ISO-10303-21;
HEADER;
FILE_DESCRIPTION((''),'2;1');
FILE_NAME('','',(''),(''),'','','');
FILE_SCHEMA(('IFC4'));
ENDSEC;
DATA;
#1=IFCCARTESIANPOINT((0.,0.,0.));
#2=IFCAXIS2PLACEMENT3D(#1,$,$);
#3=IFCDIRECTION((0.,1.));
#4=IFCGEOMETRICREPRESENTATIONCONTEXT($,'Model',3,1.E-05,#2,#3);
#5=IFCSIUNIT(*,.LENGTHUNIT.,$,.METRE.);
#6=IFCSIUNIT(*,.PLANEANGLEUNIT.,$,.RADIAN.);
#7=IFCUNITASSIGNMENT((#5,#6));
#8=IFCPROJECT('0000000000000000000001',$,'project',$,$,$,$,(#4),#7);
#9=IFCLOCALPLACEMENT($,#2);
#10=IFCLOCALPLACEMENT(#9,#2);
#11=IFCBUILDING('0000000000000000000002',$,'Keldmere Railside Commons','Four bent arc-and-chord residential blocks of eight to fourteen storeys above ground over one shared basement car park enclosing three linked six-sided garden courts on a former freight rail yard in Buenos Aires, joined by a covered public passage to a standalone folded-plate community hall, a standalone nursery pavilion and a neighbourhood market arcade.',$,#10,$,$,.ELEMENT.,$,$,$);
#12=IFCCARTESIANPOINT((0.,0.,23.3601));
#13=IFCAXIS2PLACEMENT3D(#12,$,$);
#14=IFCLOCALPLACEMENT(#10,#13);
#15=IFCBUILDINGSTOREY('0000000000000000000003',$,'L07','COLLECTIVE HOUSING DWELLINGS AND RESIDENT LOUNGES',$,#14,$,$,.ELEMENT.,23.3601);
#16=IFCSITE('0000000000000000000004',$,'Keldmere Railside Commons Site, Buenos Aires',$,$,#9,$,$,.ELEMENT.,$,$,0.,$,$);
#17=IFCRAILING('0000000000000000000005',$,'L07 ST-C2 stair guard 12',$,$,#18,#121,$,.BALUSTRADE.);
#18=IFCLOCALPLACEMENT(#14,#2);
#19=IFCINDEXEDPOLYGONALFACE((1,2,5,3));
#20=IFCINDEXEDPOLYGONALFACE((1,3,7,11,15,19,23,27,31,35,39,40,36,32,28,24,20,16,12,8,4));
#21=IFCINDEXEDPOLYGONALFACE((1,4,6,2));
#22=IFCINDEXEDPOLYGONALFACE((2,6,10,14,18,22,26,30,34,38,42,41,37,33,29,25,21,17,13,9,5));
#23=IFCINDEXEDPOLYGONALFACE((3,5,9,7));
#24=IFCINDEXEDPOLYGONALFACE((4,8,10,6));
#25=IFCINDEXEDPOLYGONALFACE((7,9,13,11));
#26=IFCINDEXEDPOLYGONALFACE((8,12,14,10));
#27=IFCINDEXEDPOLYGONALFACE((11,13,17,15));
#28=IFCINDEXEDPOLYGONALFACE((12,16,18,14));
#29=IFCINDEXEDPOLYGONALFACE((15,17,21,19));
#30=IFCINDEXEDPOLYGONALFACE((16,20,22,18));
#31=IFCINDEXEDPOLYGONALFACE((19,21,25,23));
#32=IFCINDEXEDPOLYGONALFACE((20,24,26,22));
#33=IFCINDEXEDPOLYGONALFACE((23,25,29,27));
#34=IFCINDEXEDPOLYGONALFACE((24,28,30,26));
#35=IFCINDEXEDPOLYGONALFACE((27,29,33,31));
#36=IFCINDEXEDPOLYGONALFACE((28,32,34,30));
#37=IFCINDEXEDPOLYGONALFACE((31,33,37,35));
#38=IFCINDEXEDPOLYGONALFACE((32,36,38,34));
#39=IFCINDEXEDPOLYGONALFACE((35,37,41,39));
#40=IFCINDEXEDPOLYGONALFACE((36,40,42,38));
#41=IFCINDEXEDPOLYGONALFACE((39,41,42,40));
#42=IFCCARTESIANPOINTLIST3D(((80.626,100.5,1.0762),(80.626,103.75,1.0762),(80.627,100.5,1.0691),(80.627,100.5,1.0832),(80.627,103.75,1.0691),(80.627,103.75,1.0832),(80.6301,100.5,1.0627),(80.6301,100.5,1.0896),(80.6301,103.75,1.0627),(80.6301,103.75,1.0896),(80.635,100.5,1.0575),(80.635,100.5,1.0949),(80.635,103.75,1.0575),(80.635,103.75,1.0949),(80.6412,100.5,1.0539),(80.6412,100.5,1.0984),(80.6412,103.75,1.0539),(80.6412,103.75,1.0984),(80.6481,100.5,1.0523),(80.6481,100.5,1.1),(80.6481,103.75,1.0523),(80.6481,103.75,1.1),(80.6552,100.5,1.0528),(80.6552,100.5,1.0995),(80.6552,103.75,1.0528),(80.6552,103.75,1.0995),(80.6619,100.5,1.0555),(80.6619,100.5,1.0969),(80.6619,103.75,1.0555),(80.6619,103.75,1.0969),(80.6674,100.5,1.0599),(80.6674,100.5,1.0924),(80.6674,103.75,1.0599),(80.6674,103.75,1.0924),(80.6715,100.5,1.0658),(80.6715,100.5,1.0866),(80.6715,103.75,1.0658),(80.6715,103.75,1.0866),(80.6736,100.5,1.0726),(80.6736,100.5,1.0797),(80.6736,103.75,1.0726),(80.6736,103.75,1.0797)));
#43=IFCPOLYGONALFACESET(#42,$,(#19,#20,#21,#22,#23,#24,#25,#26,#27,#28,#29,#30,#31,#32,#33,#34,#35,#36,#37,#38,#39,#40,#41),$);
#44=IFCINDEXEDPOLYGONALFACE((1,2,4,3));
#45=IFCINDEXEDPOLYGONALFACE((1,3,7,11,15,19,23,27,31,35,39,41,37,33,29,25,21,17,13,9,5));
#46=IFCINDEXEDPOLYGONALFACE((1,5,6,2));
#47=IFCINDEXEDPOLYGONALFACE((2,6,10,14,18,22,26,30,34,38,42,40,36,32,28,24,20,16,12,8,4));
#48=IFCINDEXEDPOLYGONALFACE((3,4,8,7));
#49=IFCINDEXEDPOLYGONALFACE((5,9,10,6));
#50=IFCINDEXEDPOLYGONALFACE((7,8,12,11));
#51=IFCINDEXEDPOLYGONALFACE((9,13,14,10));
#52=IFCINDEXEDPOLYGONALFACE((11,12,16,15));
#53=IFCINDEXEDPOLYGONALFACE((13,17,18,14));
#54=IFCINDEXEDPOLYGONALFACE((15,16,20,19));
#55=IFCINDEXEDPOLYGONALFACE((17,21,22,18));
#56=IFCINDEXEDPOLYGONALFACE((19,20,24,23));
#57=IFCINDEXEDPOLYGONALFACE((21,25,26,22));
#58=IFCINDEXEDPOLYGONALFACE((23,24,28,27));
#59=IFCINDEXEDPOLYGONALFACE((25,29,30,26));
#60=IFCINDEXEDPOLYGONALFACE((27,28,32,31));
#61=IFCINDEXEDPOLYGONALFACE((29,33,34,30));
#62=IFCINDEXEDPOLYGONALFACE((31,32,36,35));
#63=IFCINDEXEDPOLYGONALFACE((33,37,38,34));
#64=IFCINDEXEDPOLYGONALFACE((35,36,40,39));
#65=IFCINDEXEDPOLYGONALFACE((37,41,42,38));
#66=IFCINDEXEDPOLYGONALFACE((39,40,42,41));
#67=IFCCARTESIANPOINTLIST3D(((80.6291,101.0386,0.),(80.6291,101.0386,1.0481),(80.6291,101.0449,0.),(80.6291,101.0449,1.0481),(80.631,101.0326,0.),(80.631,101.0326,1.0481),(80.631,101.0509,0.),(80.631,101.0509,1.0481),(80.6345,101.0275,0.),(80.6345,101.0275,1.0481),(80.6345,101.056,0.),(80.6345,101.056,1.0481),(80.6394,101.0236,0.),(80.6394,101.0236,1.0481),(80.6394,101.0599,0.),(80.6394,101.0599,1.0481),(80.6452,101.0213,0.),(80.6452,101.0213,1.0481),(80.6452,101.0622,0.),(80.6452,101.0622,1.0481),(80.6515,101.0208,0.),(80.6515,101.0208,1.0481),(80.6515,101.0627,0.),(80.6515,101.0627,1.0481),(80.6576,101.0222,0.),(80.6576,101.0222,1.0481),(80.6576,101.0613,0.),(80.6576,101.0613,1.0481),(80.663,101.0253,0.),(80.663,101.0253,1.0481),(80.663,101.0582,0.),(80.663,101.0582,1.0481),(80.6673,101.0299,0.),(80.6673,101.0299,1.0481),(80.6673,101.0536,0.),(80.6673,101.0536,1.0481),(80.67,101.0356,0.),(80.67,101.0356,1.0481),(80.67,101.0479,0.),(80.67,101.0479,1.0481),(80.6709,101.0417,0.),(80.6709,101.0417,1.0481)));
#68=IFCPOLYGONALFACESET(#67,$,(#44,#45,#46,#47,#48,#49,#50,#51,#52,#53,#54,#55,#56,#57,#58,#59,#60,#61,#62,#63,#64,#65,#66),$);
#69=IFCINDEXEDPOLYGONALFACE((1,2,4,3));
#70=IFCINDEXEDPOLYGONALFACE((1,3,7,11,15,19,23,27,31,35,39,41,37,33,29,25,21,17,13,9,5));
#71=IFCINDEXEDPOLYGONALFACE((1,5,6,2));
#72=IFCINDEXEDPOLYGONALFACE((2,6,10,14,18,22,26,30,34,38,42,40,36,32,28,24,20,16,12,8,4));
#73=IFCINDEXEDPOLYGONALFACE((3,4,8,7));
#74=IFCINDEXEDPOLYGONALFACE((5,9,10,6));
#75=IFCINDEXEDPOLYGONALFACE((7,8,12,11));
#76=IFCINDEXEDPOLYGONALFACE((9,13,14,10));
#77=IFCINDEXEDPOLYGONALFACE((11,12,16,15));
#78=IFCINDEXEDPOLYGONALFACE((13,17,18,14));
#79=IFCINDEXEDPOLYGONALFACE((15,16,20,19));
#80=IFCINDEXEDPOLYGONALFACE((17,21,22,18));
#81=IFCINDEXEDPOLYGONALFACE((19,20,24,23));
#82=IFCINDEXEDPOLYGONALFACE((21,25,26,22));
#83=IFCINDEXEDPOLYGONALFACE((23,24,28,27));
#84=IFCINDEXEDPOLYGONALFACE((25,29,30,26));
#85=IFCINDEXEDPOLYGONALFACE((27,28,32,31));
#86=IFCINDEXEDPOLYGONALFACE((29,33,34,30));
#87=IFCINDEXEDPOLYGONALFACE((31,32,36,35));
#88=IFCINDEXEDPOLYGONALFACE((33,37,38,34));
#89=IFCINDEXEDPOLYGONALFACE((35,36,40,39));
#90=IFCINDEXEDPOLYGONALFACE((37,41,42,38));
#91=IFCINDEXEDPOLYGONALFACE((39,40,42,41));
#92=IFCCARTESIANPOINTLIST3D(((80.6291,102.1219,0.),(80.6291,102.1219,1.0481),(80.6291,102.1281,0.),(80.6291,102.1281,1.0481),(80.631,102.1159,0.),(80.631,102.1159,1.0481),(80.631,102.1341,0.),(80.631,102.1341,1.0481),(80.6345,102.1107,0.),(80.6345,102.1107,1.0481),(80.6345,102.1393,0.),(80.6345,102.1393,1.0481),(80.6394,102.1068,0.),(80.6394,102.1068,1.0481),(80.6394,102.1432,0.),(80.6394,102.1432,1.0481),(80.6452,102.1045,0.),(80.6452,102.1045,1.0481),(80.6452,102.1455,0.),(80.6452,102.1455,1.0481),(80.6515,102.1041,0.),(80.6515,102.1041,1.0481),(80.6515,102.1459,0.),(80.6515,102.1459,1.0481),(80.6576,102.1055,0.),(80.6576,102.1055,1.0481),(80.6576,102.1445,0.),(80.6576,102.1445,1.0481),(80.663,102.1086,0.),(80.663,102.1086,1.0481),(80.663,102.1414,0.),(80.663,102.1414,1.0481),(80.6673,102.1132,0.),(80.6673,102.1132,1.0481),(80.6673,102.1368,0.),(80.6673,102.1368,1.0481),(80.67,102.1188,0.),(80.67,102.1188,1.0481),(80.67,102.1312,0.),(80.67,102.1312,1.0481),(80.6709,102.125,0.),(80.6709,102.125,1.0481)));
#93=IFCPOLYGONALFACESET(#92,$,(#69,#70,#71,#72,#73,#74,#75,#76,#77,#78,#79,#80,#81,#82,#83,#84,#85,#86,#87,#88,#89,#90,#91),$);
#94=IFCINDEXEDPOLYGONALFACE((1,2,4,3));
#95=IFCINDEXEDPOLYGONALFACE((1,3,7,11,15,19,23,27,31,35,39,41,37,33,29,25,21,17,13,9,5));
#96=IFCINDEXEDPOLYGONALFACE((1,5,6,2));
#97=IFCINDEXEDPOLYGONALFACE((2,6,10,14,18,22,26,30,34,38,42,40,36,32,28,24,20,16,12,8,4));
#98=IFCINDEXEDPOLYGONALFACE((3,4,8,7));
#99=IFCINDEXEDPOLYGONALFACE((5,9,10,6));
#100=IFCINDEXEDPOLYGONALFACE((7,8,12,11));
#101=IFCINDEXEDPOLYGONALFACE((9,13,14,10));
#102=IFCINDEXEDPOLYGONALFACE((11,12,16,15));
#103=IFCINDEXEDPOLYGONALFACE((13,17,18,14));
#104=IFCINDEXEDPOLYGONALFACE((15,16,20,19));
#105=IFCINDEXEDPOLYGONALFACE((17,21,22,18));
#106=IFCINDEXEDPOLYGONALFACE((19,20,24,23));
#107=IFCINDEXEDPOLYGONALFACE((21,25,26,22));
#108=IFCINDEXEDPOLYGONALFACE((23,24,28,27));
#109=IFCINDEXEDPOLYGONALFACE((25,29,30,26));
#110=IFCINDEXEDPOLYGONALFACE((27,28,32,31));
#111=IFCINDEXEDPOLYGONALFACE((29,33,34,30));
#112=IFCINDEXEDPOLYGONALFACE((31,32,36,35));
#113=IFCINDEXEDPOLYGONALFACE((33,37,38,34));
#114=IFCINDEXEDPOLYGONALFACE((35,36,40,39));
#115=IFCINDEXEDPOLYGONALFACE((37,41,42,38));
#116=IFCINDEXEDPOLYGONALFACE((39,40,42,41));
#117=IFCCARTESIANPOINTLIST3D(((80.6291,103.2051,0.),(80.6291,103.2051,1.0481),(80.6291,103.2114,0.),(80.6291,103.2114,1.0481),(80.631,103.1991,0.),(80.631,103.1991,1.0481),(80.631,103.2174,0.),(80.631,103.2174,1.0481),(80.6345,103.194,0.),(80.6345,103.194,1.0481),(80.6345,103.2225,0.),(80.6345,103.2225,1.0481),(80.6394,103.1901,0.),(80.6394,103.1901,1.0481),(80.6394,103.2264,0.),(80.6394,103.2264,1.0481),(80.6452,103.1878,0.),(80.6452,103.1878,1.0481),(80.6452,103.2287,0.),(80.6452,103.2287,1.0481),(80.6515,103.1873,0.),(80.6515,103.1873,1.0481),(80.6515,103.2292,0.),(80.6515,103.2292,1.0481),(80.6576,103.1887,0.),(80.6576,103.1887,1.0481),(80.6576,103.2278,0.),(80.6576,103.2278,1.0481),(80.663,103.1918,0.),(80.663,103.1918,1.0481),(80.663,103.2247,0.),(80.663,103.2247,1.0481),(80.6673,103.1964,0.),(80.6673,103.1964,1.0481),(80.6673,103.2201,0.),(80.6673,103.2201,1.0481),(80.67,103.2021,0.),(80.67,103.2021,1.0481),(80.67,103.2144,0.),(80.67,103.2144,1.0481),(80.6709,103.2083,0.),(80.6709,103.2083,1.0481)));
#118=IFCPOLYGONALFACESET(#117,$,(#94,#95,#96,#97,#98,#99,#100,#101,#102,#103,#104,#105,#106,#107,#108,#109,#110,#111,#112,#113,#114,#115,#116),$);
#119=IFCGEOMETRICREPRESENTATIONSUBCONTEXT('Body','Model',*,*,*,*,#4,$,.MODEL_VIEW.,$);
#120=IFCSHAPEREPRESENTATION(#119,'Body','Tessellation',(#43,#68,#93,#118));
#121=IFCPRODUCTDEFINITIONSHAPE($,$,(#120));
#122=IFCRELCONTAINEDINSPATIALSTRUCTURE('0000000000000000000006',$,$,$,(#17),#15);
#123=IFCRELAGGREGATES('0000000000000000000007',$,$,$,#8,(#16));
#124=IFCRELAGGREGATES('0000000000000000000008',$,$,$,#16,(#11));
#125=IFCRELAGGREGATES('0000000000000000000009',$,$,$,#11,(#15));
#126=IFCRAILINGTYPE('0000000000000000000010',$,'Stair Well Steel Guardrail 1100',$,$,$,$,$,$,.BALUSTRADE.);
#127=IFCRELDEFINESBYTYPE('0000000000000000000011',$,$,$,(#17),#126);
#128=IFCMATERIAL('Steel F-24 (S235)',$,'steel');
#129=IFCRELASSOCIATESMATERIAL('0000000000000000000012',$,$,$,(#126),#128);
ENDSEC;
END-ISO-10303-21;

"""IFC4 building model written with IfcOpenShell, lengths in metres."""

from ifc_helpers import new_model, si_unit, direction, frame, origin, origin_2d, place, context, subcontext, project, spatial, circle, extrude, material, type_object, element, save


model = new_model("IFC4")

# Units and contexts
model_context = context("Model", 3, precision=1e-05, world=origin(), true_north=direction((0.0, 1.0)))
body_context = subcontext(model_context, "Body", "Model", "MODEL_VIEW")
ifc_project = project(units=[si_unit("LENGTHUNIT", "METRE"), si_unit("PLANEANGLEUNIT", "RADIAN")], contexts=[model_context])

# Site, building, storey
site_placement = place(None, origin())
site = spatial("IfcSite", under=ifc_project, at=site_placement, Name="Keldmere Railside Commons Site, Buenos Aires", CompositionType="ELEMENT", RefElevation=0.0)
building_placement = place(site_placement, origin())
building = spatial("IfcBuilding", under=site, at=building_placement, Name="Keldmere Railside Commons", Description="Four bent arc-and-chord residential blocks of eight to fourteen storeys above ground over one shared basement car park enclosing three linked six-sided garden courts on a former freight rail yard in Buenos Aires, joined by a covered public passage to a standalone folded-plate community hall, a standalone nursery pavilion and a neighbourhood market arcade.", CompositionType="ELEMENT")
storey_placement = place(building_placement, frame((0.0, 0.0, 23.3601)))
storey = spatial("IfcBuildingStorey", under=building, at=storey_placement, Name="L07", Description="COLLECTIVE HOUSING DWELLINGS AND RESIDENT LOUNGES", CompositionType="ELEMENT", Elevation=23.3601)

# Shared definitions
ifc_material_1 = material(Name="Steel F-24 (S235)", Category="steel")

# Railing
railing_type_1 = type_object("IfcRailingType", Name="Stair Well Steel Guardrail 1100", PredefinedType="BALUSTRADE", material=ifc_material_1)
railing_1_placement = place(storey_placement, frame((80.6499, 100.5, 0.0)))
element("IfcRailing", 1, at=railing_1_placement, inside=storey, type_object=railing_type_1, Name="L07 ST-C2 stair guard 12", PredefinedType="BALUSTRADE", context=body_context, shape_type="SweptSolid", body=[
    extrude(circle(Radius=0.0239, at=origin_2d()), frame((0.0, 0.0, 1.0762), z_axis=(0.0, 1.0, 0.0), x_axis=(-1.0, 0.0, 0.0)), (0.0, 0.0, 1.0), 3.25),
    extrude(circle(Radius=0.021, at=origin_2d()), frame((0.0, 0.5417, 0.0)), (0.0, 0.0, 1.0), 1.0481),
    extrude(circle(Radius=0.021, at=origin_2d()), frame((0.0, 1.625, 0.0)), (0.0, 0.0, 1.0), 1.0481),
    extrude(circle(Radius=0.021, at=origin_2d()), frame((0.0, 2.7083, 0.0)), (0.0, 0.0, 1.0), 1.0481),
])

save(model, "model.ifc")
